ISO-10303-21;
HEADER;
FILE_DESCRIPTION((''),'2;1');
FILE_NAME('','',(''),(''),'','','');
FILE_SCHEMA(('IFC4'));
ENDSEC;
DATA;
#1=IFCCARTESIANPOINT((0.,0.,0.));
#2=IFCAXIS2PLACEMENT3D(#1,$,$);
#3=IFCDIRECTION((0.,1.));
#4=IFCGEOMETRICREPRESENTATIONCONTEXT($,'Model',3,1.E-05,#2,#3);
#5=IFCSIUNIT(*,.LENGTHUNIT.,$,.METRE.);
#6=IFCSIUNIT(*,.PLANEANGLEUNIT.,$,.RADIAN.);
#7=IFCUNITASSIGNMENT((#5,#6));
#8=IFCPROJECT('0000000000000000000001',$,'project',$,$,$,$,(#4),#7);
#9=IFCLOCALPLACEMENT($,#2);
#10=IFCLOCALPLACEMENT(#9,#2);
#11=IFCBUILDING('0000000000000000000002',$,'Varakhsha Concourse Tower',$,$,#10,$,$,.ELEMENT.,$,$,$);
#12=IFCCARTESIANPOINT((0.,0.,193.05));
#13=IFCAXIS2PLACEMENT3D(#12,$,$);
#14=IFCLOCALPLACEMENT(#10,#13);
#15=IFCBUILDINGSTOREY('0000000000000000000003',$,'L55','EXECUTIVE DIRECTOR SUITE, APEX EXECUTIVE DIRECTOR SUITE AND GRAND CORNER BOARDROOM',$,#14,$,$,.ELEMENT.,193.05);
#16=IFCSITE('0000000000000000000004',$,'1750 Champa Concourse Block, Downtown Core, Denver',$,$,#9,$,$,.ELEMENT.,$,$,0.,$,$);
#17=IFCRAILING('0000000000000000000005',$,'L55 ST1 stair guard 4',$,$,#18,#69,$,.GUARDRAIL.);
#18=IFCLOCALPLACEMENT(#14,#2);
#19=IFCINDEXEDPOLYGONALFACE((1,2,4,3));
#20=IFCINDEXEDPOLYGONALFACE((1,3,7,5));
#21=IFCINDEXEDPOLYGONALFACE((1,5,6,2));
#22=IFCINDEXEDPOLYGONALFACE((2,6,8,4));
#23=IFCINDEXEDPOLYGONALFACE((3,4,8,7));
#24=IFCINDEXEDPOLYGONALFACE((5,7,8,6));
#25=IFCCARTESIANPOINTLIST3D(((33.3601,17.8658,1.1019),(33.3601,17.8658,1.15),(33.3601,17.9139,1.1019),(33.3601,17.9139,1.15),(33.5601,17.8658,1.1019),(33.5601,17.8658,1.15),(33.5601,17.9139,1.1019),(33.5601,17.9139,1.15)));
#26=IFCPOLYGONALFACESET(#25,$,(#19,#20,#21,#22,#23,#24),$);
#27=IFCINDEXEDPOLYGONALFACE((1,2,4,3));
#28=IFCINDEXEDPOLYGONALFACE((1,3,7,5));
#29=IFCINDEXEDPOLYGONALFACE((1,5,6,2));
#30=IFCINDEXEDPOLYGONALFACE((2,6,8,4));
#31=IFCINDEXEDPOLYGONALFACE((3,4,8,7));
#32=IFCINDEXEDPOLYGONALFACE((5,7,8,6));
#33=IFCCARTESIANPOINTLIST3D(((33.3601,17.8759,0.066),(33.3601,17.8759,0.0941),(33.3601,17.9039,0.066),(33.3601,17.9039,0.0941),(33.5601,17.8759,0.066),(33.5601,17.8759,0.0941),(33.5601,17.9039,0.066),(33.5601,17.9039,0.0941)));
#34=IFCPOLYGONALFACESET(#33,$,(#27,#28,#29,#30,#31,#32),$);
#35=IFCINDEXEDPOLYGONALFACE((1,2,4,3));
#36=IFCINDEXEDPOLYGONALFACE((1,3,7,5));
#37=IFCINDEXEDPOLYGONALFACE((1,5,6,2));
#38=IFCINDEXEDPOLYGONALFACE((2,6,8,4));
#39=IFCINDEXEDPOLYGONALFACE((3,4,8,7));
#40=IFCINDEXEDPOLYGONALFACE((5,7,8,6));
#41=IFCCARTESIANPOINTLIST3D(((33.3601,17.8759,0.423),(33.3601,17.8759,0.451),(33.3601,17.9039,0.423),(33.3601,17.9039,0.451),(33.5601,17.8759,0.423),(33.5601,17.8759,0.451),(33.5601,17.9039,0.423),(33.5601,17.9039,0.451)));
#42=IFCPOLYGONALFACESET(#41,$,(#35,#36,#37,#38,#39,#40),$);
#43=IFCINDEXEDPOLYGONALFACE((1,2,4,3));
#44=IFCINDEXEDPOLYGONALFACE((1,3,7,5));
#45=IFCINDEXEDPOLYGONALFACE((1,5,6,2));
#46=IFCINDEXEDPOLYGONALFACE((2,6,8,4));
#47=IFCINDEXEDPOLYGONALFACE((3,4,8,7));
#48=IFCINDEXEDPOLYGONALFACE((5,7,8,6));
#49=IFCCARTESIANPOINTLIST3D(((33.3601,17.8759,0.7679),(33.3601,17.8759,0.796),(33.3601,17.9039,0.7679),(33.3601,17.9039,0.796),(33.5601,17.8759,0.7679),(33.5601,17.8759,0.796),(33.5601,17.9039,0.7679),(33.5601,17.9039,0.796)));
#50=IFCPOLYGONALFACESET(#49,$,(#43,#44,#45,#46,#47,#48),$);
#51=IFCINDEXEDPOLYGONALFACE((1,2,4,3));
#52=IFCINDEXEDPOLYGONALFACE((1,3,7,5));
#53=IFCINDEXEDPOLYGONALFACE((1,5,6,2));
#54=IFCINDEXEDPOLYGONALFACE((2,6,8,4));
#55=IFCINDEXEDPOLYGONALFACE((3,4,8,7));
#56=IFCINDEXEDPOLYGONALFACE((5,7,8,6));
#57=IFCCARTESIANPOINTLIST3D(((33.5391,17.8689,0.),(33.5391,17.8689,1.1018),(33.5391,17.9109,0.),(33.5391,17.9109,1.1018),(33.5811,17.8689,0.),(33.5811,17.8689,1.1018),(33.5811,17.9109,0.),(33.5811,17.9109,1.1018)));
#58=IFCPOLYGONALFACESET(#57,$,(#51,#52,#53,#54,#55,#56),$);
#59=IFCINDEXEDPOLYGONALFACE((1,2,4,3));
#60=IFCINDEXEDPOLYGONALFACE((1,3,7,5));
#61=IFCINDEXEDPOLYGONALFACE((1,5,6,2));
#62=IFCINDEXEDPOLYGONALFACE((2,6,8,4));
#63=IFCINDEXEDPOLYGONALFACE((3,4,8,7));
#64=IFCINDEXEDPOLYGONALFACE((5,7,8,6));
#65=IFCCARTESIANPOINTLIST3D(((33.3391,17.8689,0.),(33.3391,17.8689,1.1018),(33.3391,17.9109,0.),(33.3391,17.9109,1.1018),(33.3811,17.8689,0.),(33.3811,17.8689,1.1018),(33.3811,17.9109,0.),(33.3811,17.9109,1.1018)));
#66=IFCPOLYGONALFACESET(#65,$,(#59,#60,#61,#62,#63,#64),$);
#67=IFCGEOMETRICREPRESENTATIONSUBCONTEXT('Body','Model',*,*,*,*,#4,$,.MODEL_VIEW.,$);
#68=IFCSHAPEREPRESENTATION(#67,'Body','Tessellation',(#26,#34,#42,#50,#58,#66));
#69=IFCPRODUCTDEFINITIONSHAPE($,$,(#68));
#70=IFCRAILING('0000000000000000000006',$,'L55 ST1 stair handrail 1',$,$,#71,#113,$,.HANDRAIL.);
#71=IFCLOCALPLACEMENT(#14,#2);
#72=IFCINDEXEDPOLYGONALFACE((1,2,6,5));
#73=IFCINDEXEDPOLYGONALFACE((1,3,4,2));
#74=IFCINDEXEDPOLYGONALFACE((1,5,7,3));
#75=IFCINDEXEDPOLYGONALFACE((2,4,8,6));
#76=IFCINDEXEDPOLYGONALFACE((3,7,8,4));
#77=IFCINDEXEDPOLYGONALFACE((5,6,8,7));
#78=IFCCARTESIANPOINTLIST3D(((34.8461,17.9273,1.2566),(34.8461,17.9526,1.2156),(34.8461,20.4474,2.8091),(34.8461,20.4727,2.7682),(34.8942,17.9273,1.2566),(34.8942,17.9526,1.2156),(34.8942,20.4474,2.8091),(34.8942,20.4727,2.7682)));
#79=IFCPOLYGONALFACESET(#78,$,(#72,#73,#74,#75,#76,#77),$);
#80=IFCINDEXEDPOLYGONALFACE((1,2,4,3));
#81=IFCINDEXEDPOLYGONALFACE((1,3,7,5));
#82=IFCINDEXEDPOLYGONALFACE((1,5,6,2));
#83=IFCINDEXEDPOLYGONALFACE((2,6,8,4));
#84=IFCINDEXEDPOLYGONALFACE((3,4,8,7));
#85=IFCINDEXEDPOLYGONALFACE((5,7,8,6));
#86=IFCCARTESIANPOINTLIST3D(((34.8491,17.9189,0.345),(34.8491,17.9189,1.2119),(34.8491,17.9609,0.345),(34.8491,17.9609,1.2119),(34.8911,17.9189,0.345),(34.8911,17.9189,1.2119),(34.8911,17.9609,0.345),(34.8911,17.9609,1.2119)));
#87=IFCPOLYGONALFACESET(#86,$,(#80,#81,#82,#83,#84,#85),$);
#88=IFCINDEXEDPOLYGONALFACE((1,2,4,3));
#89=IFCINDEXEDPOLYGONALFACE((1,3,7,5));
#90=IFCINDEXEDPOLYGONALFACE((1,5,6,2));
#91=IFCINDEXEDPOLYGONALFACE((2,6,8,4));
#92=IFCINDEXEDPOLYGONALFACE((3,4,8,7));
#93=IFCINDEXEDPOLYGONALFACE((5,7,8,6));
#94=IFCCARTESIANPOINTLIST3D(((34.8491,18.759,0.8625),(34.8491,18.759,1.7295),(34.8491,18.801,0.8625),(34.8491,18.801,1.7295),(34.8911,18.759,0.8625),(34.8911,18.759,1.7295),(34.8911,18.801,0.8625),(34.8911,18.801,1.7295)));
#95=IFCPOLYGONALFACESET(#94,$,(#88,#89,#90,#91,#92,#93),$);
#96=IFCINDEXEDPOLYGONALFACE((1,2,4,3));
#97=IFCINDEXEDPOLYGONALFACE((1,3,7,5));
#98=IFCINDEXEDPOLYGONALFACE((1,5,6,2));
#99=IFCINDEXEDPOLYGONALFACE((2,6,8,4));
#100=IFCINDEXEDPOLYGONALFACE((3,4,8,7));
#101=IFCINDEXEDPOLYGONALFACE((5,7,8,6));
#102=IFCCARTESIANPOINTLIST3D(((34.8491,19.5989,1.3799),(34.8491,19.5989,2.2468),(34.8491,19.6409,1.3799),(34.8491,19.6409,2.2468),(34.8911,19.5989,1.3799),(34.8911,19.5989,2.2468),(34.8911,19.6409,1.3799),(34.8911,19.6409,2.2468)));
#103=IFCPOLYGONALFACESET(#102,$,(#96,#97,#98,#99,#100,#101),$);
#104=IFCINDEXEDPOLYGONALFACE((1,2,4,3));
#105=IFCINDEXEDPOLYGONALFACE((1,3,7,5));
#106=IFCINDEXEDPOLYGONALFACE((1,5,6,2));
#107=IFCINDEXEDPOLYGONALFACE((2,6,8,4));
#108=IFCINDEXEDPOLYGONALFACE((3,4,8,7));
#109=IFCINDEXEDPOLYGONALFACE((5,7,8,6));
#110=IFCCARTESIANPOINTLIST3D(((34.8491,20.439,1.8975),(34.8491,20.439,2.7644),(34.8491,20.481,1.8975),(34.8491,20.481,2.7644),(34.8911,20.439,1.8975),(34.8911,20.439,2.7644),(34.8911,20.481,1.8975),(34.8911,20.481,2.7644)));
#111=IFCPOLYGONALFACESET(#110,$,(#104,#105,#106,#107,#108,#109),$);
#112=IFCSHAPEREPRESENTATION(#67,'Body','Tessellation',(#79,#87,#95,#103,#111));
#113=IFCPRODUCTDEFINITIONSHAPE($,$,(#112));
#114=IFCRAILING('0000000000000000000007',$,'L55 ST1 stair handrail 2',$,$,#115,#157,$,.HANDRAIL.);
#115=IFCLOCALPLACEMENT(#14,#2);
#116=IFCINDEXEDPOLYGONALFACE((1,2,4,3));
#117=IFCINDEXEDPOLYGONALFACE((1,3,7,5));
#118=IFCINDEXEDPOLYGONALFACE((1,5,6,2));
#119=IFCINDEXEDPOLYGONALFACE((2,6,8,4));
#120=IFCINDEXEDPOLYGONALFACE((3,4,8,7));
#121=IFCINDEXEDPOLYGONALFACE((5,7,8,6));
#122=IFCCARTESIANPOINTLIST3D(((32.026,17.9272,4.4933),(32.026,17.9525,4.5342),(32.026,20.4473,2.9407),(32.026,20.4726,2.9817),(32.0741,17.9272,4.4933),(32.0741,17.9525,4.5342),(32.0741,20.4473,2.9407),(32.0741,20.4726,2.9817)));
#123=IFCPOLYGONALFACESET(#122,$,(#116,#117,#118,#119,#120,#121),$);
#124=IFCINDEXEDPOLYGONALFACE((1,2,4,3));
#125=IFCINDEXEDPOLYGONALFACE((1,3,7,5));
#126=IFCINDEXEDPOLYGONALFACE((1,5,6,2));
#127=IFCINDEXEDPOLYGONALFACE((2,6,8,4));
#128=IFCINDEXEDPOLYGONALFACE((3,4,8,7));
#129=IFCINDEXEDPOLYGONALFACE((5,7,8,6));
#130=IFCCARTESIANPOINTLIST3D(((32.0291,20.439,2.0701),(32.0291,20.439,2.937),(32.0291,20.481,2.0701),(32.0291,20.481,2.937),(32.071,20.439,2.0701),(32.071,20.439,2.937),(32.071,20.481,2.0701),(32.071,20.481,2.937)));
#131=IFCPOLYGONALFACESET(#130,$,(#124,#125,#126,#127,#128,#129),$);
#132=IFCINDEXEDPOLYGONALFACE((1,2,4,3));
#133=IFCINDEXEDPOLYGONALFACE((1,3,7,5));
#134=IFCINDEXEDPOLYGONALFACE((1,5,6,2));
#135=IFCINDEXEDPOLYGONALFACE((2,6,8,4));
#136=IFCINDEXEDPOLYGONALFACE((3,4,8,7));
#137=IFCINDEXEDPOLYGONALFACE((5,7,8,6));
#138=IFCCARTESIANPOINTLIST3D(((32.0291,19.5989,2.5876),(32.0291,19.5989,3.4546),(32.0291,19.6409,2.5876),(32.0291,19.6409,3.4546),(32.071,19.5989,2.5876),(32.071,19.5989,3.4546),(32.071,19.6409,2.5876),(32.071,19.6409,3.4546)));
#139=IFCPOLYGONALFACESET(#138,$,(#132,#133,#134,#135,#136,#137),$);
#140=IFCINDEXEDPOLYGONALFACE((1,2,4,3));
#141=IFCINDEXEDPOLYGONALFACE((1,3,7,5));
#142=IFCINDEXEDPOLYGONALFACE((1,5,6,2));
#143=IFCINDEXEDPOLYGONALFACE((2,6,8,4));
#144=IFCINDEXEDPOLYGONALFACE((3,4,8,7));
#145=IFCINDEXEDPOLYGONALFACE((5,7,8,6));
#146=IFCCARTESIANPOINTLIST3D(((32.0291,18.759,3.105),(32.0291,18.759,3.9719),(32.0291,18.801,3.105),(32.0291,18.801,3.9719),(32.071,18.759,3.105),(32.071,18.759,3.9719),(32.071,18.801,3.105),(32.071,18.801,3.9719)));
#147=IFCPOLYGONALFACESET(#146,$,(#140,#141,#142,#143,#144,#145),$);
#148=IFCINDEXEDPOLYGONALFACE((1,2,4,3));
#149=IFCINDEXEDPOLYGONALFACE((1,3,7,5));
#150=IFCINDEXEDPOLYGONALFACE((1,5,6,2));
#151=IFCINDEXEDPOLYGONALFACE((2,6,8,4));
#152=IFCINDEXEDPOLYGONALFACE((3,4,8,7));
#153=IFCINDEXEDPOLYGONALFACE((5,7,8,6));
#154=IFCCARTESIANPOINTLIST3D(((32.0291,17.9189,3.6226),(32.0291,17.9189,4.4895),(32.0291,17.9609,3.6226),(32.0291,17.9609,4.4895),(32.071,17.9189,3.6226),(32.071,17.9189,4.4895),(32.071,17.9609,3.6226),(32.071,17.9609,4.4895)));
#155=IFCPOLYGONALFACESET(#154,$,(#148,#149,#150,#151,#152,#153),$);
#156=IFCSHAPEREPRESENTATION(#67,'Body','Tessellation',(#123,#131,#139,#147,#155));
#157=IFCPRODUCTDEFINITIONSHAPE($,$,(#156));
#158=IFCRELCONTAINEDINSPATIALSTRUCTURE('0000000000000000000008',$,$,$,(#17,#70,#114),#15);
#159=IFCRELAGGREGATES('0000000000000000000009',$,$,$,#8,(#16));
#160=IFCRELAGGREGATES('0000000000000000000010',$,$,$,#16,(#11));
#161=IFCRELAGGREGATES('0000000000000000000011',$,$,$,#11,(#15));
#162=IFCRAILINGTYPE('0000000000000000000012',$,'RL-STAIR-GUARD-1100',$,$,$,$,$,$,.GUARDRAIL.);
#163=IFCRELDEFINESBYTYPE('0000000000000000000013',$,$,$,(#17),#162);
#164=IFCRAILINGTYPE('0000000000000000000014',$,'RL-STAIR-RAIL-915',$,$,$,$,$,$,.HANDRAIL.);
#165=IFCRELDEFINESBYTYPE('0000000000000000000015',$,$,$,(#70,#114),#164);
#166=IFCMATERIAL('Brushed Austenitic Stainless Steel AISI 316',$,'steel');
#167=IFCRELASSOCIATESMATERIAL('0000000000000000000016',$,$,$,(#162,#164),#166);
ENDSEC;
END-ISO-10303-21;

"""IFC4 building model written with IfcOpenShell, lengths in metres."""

from ifc_helpers import new_model, si_unit, direction, frame, origin, origin_2d, place, context, subcontext, project, spatial, rectangle, extrude, material, type_object, element, save


model = new_model("IFC4")

# Units and contexts
model_context = context("Model", 3, precision=1e-05, world=origin(), true_north=direction((0.0, 1.0)))
body_context = subcontext(model_context, "Body", "Model", "MODEL_VIEW")
ifc_project = project(units=[si_unit("LENGTHUNIT", "METRE"), si_unit("PLANEANGLEUNIT", "RADIAN")], contexts=[model_context])

# Site, building, storey
site_placement = place(None, origin())
site = spatial("IfcSite", under=ifc_project, at=site_placement, Name="1750 Champa Concourse Block, Downtown Core, Denver", CompositionType="ELEMENT", RefElevation=0.0)
building_placement = place(site_placement, origin())
building = spatial("IfcBuilding", under=site, at=building_placement, Name="Varakhsha Concourse Tower", CompositionType="ELEMENT")
storey_placement = place(building_placement, frame((0.0, 0.0, 193.05)))
storey = spatial("IfcBuildingStorey", under=building, at=storey_placement, Name="L55", Description="EXECUTIVE DIRECTOR SUITE, APEX EXECUTIVE DIRECTOR SUITE AND GRAND CORNER BOARDROOM", CompositionType="ELEMENT", Elevation=193.05)

# Railings
ifc_material_1 = material(Name="Brushed Austenitic Stainless Steel AISI 316", Category="steel")
railing_type_1 = type_object("IfcRailingType", Name="RL-STAIR-GUARD-1100", PredefinedType="GUARDRAIL", material=ifc_material_1)
railing_1_placement = place(storey_placement, frame((33.5601, 17.8899, 0.0)))
element("IfcRailing", 1, at=railing_1_placement, inside=storey, type_object=railing_type_1, Name="L55 ST1 stair guard 4", PredefinedType="GUARDRAIL", context=body_context, shape_type="SweptSolid", body=[
    extrude(rectangle(XDim=0.0481, YDim=0.0481, at=origin_2d()), frame((0.0, 0.0, 1.126), z_axis=(-1.0, 0.0, 0.0), x_axis=(0.0, -1.0, 0.0)), (0.0, 0.0, 1.0), 0.2),
    extrude(rectangle(XDim=0.0281, YDim=0.0281, at=origin_2d()), frame((0.0, 0.0, 0.0801), z_axis=(-1.0, 0.0, 0.0), x_axis=(0.0, -1.0, 0.0)), (0.0, 0.0, 1.0), 0.2),
    extrude(rectangle(XDim=0.0281, YDim=0.0281, at=origin_2d()), frame((0.0, 0.0, 0.437), z_axis=(-1.0, 0.0, 0.0), x_axis=(0.0, -1.0, 0.0)), (0.0, 0.0, 1.0), 0.2),
    extrude(rectangle(XDim=0.0281, YDim=0.0281, at=origin_2d()), frame((0.0, 0.0, 0.782), z_axis=(-1.0, 0.0, 0.0), x_axis=(0.0, -1.0, 0.0)), (0.0, 0.0, 1.0), 0.2),
    extrude(rectangle(XDim=0.042, YDim=0.042, at=origin_2d()), origin(), (0.0, 0.0, 1.0), 1.1018),
    extrude(rectangle(XDim=0.042, YDim=0.042, at=origin_2d()), frame((-0.2, 0.0, 0.0)), (0.0, 0.0, 1.0), 1.1018),
])
railing_type_2 = type_object("IfcRailingType", Name="RL-STAIR-RAIL-915", PredefinedType="HANDRAIL", material=ifc_material_1)
railing_2_placement = place(storey_placement, frame((34.8701, 17.9399, 0.345)))
element("IfcRailing", 2, at=railing_2_placement, inside=storey, type_object=railing_type_2, Name="L55 ST1 stair handrail 1", PredefinedType="HANDRAIL", context=body_context, shape_type="SweptSolid", body=[
    extrude(rectangle(XDim=0.0481, YDim=0.0481, at=origin_2d()), frame((0.0, 0.0, 0.8911), z_axis=(0.0, 0.8514, 0.524516), x_axis=(-1.0, 0.0, 0.0)), (0.0, 0.0, 1.0), 2.96),
    extrude(rectangle(XDim=0.042, YDim=0.042, at=origin_2d()), origin(), (0.0, 0.0, 1.0), 0.8669),
    extrude(rectangle(XDim=0.042, YDim=0.042, at=origin_2d()), frame((0.0, 0.8401, 0.5176)), (0.0, 0.0, 1.0), 0.8669),
    extrude(rectangle(XDim=0.042, YDim=0.042, at=origin_2d()), frame((0.0, 1.6799, 1.0349)), (0.0, 0.0, 1.0), 0.8669),
    extrude(rectangle(XDim=0.042, YDim=0.042, at=origin_2d()), frame((0.0, 2.52, 1.5525)), (0.0, 0.0, 1.0), 0.8669),
])
railing_3_placement = place(storey_placement, frame((32.05, 20.46, 2.0701)))
element("IfcRailing", 3, at=railing_3_placement, inside=storey, type_object=railing_type_2, Name="L55 ST1 stair handrail 2", PredefinedType="HANDRAIL", context=body_context, shape_type="SweptSolid", body=[
    extrude(rectangle(XDim=0.0481, YDim=0.0481, at=origin_2d()), frame((0.0, 0.0, 0.8911), z_axis=(0.0, -0.8514, 0.524516), x_axis=(1.0, 0.0, 0.0)), (0.0, 0.0, 1.0), 2.96),
    extrude(rectangle(XDim=0.042, YDim=0.042, at=origin_2d()), origin(), (0.0, 0.0, 1.0), 0.8669),
    extrude(rectangle(XDim=0.042, YDim=0.042, at=origin_2d()), frame((0.0, -0.8401, 0.5176)), (0.0, 0.0, 1.0), 0.8669),
    extrude(rectangle(XDim=0.042, YDim=0.042, at=origin_2d()), frame((0.0, -1.6799, 1.0349)), (0.0, 0.0, 1.0), 0.8669),
    extrude(rectangle(XDim=0.042, YDim=0.042, at=origin_2d()), frame((0.0, -2.52, 1.5525)), (0.0, 0.0, 1.0), 0.8669),
])

save(model, "model.ifc")
